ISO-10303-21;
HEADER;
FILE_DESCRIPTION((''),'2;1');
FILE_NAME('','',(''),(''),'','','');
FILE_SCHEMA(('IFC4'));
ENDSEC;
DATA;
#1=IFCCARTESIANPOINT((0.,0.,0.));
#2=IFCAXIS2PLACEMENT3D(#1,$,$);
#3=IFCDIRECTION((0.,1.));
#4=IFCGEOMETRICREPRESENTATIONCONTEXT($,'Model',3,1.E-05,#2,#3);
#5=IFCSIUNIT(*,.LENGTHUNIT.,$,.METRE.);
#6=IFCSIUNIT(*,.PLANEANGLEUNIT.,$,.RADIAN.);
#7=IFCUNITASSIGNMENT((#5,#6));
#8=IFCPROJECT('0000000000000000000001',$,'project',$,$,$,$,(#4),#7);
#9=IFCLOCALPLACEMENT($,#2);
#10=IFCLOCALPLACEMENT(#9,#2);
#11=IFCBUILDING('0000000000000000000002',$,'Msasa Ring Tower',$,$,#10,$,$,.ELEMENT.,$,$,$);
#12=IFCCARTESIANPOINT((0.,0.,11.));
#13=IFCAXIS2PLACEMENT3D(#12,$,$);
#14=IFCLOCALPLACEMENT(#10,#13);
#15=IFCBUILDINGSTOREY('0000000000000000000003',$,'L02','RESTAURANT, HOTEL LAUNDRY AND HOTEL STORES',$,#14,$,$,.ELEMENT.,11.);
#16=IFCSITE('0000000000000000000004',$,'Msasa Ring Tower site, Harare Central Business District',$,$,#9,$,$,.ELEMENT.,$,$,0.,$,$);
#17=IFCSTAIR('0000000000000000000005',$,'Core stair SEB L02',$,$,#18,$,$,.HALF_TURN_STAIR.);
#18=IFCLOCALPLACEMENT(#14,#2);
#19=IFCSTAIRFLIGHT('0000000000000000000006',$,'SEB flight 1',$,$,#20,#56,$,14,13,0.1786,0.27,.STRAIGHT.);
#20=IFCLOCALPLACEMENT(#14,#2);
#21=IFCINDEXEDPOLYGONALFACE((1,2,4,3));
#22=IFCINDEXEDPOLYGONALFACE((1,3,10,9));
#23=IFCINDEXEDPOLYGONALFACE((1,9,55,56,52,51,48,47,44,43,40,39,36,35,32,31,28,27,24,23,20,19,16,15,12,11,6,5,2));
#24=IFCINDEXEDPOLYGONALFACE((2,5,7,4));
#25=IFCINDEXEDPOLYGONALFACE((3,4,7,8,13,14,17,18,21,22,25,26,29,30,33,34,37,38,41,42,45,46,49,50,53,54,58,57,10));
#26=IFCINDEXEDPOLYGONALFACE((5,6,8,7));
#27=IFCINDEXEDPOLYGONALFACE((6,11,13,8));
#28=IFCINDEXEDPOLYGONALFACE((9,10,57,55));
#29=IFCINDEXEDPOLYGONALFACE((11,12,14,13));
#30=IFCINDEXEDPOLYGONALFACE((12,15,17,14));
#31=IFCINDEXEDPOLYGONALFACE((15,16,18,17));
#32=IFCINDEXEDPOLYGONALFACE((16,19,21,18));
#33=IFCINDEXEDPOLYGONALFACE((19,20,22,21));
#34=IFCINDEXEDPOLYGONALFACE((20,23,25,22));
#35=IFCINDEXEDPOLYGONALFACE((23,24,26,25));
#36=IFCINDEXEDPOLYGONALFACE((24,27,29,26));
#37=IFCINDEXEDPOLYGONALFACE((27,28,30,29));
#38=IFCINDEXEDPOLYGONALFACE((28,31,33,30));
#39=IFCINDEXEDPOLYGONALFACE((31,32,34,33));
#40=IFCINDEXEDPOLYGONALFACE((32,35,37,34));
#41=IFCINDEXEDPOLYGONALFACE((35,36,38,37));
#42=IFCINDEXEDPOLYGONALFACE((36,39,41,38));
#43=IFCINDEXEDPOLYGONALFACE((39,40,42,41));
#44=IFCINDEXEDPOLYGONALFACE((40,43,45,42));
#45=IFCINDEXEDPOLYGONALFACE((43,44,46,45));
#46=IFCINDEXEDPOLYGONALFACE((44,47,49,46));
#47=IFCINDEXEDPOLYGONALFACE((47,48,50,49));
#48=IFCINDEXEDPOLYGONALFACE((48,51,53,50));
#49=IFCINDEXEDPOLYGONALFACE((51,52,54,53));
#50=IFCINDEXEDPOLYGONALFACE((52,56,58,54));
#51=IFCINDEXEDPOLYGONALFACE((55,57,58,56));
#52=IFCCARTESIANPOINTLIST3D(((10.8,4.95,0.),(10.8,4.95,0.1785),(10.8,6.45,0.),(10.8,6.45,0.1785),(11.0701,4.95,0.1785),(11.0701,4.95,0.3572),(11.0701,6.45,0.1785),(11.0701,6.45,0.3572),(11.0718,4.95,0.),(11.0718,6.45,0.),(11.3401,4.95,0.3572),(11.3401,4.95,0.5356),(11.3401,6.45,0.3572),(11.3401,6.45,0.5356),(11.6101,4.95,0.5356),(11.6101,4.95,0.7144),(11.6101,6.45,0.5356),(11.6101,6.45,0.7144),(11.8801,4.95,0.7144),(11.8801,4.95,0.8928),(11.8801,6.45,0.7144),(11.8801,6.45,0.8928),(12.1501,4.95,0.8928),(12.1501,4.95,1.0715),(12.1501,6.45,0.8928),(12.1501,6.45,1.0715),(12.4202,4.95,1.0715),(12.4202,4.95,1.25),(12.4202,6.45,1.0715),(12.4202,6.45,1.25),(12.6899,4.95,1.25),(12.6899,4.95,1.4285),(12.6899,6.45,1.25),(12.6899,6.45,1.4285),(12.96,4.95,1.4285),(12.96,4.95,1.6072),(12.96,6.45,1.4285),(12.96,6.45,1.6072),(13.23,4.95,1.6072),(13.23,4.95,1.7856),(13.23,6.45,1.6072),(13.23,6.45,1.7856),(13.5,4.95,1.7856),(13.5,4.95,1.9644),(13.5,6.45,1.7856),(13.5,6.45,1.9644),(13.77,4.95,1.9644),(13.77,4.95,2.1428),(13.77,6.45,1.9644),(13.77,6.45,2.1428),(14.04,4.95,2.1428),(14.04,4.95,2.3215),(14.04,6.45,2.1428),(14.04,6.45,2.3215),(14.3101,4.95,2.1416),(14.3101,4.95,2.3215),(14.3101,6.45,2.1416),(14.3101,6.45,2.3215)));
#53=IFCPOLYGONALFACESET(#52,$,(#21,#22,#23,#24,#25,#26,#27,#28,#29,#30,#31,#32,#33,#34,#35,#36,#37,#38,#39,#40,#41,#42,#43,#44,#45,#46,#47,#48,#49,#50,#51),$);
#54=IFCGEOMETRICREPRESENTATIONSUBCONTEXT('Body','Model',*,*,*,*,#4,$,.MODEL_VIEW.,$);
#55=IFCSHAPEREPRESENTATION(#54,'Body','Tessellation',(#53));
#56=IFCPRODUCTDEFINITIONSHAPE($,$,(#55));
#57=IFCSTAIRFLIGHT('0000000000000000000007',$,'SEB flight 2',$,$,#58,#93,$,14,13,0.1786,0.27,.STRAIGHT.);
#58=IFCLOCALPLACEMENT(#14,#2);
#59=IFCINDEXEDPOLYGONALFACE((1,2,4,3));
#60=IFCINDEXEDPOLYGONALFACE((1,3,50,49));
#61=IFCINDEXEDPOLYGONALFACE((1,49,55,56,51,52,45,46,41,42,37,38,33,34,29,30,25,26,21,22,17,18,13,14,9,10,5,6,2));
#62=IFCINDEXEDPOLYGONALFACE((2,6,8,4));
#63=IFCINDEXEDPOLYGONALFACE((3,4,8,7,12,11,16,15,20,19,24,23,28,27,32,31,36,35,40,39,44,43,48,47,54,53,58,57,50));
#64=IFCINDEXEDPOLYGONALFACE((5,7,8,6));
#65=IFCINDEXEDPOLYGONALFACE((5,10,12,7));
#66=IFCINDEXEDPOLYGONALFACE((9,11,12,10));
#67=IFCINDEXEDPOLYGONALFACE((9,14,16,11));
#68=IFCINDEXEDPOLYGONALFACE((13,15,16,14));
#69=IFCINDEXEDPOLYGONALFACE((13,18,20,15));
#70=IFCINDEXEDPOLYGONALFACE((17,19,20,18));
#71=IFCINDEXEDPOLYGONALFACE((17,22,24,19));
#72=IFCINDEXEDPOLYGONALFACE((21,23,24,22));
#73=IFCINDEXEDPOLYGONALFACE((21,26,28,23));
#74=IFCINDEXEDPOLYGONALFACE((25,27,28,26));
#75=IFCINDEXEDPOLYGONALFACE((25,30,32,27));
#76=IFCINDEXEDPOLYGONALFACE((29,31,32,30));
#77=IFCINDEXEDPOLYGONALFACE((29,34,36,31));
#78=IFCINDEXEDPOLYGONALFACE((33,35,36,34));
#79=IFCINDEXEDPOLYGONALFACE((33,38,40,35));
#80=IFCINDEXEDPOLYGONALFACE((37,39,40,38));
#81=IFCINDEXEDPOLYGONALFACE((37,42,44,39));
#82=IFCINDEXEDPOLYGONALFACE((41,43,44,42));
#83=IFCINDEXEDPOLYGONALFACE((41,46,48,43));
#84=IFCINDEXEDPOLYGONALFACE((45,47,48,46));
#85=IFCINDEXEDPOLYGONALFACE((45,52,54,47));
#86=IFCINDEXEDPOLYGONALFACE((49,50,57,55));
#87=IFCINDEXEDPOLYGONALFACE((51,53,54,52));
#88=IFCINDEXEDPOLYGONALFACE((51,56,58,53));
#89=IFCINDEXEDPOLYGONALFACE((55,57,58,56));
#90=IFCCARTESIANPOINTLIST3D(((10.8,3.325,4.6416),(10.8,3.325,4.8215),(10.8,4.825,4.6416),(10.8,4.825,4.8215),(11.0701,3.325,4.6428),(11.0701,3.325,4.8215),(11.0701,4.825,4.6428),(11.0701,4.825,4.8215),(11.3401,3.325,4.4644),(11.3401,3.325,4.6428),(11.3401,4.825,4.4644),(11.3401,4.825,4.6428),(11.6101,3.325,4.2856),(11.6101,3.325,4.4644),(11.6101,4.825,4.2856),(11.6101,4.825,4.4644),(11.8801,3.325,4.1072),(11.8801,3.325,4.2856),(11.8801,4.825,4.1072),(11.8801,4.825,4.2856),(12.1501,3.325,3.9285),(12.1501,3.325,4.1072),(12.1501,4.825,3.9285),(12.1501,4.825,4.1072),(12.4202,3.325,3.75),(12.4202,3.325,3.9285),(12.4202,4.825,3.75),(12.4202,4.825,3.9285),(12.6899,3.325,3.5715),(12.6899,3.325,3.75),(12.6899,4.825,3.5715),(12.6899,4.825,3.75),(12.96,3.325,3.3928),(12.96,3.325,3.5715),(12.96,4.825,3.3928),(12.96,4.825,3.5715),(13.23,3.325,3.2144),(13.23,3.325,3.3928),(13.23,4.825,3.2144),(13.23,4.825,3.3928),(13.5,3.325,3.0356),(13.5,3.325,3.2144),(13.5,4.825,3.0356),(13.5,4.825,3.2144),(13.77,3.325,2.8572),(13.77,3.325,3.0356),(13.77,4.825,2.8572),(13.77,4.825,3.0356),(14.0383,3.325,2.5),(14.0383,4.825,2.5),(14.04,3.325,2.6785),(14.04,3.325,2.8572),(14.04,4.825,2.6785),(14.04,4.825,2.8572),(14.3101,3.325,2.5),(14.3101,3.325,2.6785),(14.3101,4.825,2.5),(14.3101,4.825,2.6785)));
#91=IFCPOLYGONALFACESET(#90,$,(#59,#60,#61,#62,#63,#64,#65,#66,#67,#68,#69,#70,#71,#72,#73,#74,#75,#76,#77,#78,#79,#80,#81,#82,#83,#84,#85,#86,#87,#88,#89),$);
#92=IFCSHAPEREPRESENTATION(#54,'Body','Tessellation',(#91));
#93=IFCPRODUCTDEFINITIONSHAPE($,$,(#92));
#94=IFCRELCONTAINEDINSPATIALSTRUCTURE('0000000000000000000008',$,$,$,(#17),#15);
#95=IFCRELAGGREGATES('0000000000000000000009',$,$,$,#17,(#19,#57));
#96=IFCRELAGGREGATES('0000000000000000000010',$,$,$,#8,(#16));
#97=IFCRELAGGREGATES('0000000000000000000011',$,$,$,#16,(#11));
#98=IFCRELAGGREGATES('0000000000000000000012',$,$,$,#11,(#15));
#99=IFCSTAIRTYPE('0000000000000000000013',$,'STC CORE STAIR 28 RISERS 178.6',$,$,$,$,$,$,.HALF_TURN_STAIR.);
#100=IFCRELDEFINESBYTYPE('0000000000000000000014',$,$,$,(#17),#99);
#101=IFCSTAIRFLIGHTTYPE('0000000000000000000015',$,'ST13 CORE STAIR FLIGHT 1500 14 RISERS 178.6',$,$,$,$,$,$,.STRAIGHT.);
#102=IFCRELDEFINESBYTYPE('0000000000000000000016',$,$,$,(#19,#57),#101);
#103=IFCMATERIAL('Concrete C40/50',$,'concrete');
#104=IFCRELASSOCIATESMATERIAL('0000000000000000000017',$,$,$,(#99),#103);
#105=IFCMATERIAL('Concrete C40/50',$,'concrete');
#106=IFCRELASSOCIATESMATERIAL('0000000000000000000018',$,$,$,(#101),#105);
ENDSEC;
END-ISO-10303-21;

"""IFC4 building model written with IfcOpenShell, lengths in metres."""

from ifc_helpers import new_model, si_unit, direction, frame, origin, place, context, subcontext, project, spatial, polyline, outline, extrude, material, type_object, element, aggregate, save


model = new_model("IFC4")

# Units and contexts
model_context = context("Model", 3, precision=1e-05, world=origin(), true_north=direction((0.0, 1.0)))
body_context = subcontext(model_context, "Body", "Model", "MODEL_VIEW")
ifc_project = project(units=[si_unit("LENGTHUNIT", "METRE"), si_unit("PLANEANGLEUNIT", "RADIAN")], contexts=[model_context])

# Site, building, storey
site_placement = place(None, origin())
site = spatial("IfcSite", under=ifc_project, at=site_placement, Name="Msasa Ring Tower site, Harare Central Business District", CompositionType="ELEMENT", RefElevation=0.0)
building_placement = place(site_placement, origin())
building = spatial("IfcBuilding", under=site, at=building_placement, Name="Msasa Ring Tower", CompositionType="ELEMENT")
storey_placement = place(building_placement, frame((0.0, 0.0, 11.0)))
storey = spatial("IfcBuildingStorey", under=building, at=storey_placement, Name="L02", Description="RESTAURANT, HOTEL LAUNDRY AND HOTEL STORES", CompositionType="ELEMENT", Elevation=11.0)

# Stair, stair flights
ifc_material_1 = material(Name="Concrete C40/50", Category="concrete")
stair_type = type_object("IfcStairType", Name="STC CORE STAIR 28 RISERS 178.6", PredefinedType="HALF_TURN_STAIR", material=ifc_material_1)
stair_placement = place(storey_placement, origin())
stair = element("IfcStair", 1, at=stair_placement, inside=storey, type_object=stair_type, Name="Core stair SEB L02", PredefinedType="HALF_TURN_STAIR")
ifc_material_2 = material(Name="Concrete C40/50", Category="concrete")
stair_flight_type = type_object("IfcStairFlightType", Name="ST13 CORE STAIR FLIGHT 1500 14 RISERS 178.6", PredefinedType="STRAIGHT", material=ifc_material_2)
stair_flight_1_placement = place(storey_placement, frame((10.8, 5.7, 0.0), z_axis=(0.0, 0.0, 1.0), x_axis=(1.0, 0.0, 0.0)))
stair_flight_1 = element("IfcStairFlight", 2, at=stair_flight_1_placement, type_object=stair_flight_type, Name="SEB flight 1", NumberOfRisers=14, NumberOfTreads=13, PredefinedType="STRAIGHT", RiserHeight=0.1786, TreadLength=0.27, context=body_context, shape_type="SweptSolid", body=[
    extrude(outline(polyline([(0.0, 0.0), (0.0, 0.1785), (0.27, 0.1785), (0.27, 0.3572), (0.54, 0.3572), (0.54, 0.5356), (0.8101, 0.5356), (0.8101, 0.7144), (1.0801, 0.7144), (1.0801, 0.8928), (1.3501, 0.8928), (1.3501, 1.0715), (1.6201, 1.0715), (1.6201, 1.25), (1.8899, 1.25), (1.8899, 1.4285), (2.1599, 1.4285), (2.1599, 1.6072), (2.4299, 1.6072), (2.4299, 1.7856), (2.7, 1.7856), (2.7, 1.9644), (2.97, 1.9644), (2.97, 2.1428), (3.24, 2.1428), (3.24, 2.3215), (3.51, 2.3215), (3.51, 2.5), (3.51, 2.1416), (0.2717, 0.0), (0.0, 0.0)])), frame((0.0, 0.75, 0.0), z_axis=(0.0, -1.0, 0.0), x_axis=(1.0, 0.0, 0.0)), (0.0, 0.0, 1.0), 1.5),
])
stair_flight_2_placement = place(storey_placement, frame((14.3101, 4.075, 2.5), z_axis=(0.0, 0.0, 1.0), x_axis=(-1.0, 0.0, 0.0)))
stair_flight_2 = element("IfcStairFlight", 3, at=stair_flight_2_placement, type_object=stair_flight_type, Name="SEB flight 2", NumberOfRisers=14, NumberOfTreads=13, PredefinedType="STRAIGHT", RiserHeight=0.1786, TreadLength=0.27, context=body_context, shape_type="SweptSolid", body=[
    extrude(outline(polyline([(0.0, 0.0), (0.0, 0.1785), (0.27, 0.1785), (0.27, 0.3572), (0.54, 0.3572), (0.54, 0.5356), (0.8101, 0.5356), (0.8101, 0.7144), (1.0801, 0.7144), (1.0801, 0.8928), (1.3501, 0.8928), (1.3501, 1.0715), (1.6201, 1.0715), (1.6201, 1.25), (1.8899, 1.25), (1.8899, 1.4285), (2.1599, 1.4285), (2.1599, 1.6072), (2.4299, 1.6072), (2.4299, 1.7856), (2.7, 1.7856), (2.7, 1.9644), (2.97, 1.9644), (2.97, 2.1428), (3.24, 2.1428), (3.24, 2.3215), (3.51, 2.3215), (3.51, 2.5), (3.51, 2.1416), (0.2717, 0.0), (0.0, 0.0)])), frame((0.0, 0.75, 0.0), z_axis=(0.0, -1.0, 0.0), x_axis=(1.0, 0.0, 0.0)), (0.0, 0.0, 1.0), 1.5),
])
aggregate(stair, [stair_flight_1, stair_flight_2])

save(model, "model.ifc")
